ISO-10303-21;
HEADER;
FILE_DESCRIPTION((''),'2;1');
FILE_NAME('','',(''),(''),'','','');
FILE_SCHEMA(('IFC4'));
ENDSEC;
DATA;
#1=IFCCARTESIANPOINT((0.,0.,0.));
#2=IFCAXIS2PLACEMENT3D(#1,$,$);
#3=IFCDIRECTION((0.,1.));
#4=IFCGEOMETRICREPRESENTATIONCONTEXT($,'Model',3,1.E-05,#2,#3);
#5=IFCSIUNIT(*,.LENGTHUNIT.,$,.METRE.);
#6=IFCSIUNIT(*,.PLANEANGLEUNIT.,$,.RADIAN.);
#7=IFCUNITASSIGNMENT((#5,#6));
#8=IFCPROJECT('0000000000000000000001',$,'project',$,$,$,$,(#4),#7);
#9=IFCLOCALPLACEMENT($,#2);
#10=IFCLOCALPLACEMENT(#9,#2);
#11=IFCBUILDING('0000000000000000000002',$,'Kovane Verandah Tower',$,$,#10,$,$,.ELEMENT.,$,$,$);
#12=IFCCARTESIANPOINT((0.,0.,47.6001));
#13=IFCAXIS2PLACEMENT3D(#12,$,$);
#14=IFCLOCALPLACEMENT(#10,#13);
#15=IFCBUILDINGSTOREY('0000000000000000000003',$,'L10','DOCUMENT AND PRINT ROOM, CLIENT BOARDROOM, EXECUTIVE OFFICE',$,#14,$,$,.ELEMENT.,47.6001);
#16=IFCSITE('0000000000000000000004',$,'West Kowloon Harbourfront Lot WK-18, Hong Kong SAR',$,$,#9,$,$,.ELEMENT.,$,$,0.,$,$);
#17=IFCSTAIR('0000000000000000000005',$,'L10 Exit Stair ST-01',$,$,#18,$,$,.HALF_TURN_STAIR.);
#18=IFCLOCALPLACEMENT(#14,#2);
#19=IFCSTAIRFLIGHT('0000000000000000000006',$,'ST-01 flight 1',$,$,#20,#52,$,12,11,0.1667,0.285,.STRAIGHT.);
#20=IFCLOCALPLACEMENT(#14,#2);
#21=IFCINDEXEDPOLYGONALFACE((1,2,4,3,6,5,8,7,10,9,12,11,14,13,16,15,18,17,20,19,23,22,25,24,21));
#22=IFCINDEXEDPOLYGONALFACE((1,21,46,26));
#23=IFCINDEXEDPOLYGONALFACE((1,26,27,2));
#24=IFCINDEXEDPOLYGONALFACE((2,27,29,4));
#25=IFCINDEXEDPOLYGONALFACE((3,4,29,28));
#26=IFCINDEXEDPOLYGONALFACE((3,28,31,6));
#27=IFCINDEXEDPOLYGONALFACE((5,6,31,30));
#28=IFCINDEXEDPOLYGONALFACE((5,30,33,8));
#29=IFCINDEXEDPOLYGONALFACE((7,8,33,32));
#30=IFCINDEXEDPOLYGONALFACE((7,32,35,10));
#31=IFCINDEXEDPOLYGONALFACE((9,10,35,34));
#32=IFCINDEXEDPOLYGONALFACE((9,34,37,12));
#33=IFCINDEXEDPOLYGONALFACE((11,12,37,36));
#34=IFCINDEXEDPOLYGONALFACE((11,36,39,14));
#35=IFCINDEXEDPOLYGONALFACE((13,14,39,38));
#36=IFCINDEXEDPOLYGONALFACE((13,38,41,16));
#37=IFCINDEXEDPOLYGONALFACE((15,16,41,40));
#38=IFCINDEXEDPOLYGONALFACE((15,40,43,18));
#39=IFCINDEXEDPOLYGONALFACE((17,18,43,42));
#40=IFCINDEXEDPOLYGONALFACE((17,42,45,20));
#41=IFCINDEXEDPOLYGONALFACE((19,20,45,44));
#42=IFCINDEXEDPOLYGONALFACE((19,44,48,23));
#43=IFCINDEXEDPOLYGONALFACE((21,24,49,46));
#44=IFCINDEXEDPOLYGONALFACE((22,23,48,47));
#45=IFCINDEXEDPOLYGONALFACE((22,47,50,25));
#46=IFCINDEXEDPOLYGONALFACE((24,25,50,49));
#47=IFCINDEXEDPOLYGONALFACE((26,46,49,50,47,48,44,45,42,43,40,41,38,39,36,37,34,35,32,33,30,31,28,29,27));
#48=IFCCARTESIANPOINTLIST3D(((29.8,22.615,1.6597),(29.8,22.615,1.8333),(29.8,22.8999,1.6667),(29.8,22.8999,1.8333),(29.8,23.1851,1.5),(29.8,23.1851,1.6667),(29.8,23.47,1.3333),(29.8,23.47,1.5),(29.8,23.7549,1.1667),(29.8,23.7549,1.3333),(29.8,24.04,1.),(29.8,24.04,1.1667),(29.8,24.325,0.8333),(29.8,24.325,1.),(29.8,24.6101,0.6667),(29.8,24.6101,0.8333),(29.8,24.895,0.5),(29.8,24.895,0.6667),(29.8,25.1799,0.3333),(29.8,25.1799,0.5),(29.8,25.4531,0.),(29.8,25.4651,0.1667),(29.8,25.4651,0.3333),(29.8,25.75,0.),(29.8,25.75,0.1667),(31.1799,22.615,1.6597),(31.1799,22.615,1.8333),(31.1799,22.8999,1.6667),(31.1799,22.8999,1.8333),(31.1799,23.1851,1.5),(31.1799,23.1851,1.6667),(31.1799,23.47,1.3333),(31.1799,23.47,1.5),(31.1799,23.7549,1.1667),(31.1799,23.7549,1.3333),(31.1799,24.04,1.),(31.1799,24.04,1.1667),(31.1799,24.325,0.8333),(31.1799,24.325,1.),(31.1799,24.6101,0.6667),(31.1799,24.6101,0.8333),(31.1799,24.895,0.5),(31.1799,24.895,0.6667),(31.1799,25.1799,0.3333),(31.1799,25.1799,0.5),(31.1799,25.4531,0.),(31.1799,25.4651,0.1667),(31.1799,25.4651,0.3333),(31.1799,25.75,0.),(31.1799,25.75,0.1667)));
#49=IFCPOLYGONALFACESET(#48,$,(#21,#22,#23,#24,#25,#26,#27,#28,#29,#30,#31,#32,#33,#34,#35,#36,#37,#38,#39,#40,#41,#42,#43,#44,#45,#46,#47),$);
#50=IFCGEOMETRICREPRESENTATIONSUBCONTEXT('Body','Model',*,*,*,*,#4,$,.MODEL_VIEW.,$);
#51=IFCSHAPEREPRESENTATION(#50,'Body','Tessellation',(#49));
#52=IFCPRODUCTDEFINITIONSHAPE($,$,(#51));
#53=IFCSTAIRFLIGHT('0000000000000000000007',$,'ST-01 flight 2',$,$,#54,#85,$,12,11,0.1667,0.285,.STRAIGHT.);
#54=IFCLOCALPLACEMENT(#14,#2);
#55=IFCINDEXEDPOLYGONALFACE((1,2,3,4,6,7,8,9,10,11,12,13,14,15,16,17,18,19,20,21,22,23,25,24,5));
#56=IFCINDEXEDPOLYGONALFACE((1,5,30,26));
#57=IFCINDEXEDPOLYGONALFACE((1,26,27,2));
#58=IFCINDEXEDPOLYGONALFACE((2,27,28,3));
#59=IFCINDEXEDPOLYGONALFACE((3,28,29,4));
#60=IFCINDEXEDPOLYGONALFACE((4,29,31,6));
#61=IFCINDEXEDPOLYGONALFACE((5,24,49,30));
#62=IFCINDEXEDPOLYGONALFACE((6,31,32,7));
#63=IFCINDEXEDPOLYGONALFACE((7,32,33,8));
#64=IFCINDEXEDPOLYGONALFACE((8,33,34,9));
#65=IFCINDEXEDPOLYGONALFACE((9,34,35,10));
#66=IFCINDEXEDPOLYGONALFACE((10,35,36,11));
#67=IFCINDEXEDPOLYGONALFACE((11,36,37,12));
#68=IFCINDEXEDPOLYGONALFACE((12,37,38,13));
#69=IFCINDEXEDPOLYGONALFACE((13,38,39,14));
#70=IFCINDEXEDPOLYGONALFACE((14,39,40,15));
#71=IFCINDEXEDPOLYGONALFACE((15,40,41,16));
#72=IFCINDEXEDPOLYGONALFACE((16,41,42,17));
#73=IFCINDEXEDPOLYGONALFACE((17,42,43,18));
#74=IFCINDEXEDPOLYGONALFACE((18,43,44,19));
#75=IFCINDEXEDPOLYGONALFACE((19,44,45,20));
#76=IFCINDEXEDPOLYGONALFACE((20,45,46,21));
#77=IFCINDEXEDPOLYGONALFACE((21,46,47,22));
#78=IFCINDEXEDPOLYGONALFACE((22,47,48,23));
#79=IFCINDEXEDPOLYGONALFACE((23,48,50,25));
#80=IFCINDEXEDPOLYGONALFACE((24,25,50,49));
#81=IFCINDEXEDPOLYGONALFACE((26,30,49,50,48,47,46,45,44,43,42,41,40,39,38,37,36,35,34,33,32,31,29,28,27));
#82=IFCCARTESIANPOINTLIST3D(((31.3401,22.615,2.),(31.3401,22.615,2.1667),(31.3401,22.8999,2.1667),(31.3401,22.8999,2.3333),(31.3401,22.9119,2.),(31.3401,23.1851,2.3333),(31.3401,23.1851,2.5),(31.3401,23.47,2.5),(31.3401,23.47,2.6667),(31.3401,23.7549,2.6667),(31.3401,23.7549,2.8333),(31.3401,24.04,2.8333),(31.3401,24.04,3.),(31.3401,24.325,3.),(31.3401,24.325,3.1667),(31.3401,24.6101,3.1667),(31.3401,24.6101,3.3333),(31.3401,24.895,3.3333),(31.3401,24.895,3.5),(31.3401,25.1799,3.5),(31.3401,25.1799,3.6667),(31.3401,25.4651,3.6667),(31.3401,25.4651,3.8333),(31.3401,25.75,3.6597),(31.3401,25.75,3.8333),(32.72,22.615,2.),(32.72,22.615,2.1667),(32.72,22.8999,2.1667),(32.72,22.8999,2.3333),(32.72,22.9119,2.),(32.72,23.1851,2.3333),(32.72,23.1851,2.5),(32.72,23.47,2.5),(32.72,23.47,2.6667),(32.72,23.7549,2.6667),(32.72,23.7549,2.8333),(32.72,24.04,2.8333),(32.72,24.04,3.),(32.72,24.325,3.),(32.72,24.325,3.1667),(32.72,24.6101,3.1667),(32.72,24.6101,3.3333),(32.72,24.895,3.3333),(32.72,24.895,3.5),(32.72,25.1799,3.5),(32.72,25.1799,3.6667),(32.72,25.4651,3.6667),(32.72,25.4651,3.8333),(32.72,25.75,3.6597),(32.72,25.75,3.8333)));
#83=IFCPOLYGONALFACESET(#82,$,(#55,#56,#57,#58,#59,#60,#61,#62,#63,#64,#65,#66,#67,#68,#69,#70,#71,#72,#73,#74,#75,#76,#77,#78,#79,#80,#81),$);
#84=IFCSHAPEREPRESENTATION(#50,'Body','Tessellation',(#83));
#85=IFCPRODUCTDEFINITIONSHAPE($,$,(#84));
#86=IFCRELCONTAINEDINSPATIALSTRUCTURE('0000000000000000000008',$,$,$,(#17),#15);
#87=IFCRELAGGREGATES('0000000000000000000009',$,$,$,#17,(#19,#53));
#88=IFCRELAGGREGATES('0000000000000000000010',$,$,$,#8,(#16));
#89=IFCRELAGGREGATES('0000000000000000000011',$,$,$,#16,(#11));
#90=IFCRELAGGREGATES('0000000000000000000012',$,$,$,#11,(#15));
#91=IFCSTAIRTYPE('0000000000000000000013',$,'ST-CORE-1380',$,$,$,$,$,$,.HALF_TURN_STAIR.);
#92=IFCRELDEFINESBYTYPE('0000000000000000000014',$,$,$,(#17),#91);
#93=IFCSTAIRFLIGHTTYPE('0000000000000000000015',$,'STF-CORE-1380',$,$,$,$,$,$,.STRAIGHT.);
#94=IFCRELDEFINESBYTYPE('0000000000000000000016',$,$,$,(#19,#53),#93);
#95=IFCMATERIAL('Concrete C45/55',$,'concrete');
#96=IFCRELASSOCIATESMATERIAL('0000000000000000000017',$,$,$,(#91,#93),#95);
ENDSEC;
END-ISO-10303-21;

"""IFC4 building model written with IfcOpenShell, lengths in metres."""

from ifc_helpers import new_model, si_unit, direction, frame, origin, place, context, subcontext, project, spatial, polyline, outline, extrude, material, type_object, element, aggregate, save


model = new_model("IFC4")

# Units and contexts
model_context = context("Model", 3, precision=1e-05, world=origin(), true_north=direction((0.0, 1.0)))
body_context = subcontext(model_context, "Body", "Model", "MODEL_VIEW")
ifc_project = project(units=[si_unit("LENGTHUNIT", "METRE"), si_unit("PLANEANGLEUNIT", "RADIAN")], contexts=[model_context])

# Site, building, storey
site_placement = place(None, origin())
site = spatial("IfcSite", under=ifc_project, at=site_placement, Name="West Kowloon Harbourfront Lot WK-18, Hong Kong SAR", CompositionType="ELEMENT", RefElevation=0.0)
building_placement = place(site_placement, origin())
building = spatial("IfcBuilding", under=site, at=building_placement, Name="Kovane Verandah Tower", CompositionType="ELEMENT")
storey_placement = place(building_placement, frame((0.0, 0.0, 47.6001)))
storey = spatial("IfcBuildingStorey", under=building, at=storey_placement, Name="L10", Description="DOCUMENT AND PRINT ROOM, CLIENT BOARDROOM, EXECUTIVE OFFICE", CompositionType="ELEMENT", Elevation=47.6001)

# Shared definitions
ifc_material_1 = material(Name="Concrete C45/55", Category="concrete")

# Stair, stair flights
stair_type = type_object("IfcStairType", Name="ST-CORE-1380", PredefinedType="HALF_TURN_STAIR", material=ifc_material_1)
stair_placement = place(storey_placement, origin())
stair = element("IfcStair", 1, at=stair_placement, inside=storey, type_object=stair_type, Name="L10 Exit Stair ST-01", PredefinedType="HALF_TURN_STAIR")
stair_flight_type = type_object("IfcStairFlightType", Name="STF-CORE-1380", PredefinedType="STRAIGHT", material=ifc_material_1)
stair_flight_1_placement = place(storey_placement, frame((30.49, 25.75, 0.0), z_axis=(0.0, 0.0, 1.0), x_axis=(0.0, -1.0, 0.0)))
stair_flight_1 = element("IfcStairFlight", 2, at=stair_flight_1_placement, type_object=stair_flight_type, Name="ST-01 flight 1", NumberOfRisers=12, NumberOfTreads=11, PredefinedType="STRAIGHT", RiserHeight=0.1667, TreadLength=0.285, context=body_context, shape_type="SweptSolid", body=[
    extrude(outline(polyline([(0.0, 0.0), (0.0, 0.1667), (0.2849, 0.1667), (0.2849, 0.3333), (0.5701, 0.3333), (0.5701, 0.5), (0.855, 0.5), (0.855, 0.6667), (1.1399, 0.6667), (1.1399, 0.8333), (1.425, 0.8333), (1.425, 1.0), (1.71, 1.0), (1.71, 1.1667), (1.9951, 1.1667), (1.9951, 1.3333), (2.28, 1.3333), (2.28, 1.5), (2.5649, 1.5), (2.5649, 1.6667), (2.8501, 1.6667), (2.8501, 1.8333), (3.135, 1.8333), (3.135, 2.0), (3.135, 1.6597), (0.2969, 0.0), (0.0, 0.0)])), frame((0.0, 0.6899, 0.0), z_axis=(0.0, -1.0, 0.0), x_axis=(1.0, 0.0, 0.0)), (0.0, 0.0, 1.0), 1.3799),
])
stair_flight_2_placement = place(storey_placement, frame((32.03, 22.615, 2.0), z_axis=(0.0, 0.0, 1.0), x_axis=(0.0, 1.0, 0.0)))
stair_flight_2 = element("IfcStairFlight", 3, at=stair_flight_2_placement, type_object=stair_flight_type, Name="ST-01 flight 2", NumberOfRisers=12, NumberOfTreads=11, PredefinedType="STRAIGHT", RiserHeight=0.1667, TreadLength=0.285, context=body_context, shape_type="SweptSolid", body=[
    extrude(outline(polyline([(0.0, 0.0), (0.0, 0.1667), (0.2849, 0.1667), (0.2849, 0.3333), (0.5701, 0.3333), (0.5701, 0.5), (0.855, 0.5), (0.855, 0.6667), (1.1399, 0.6667), (1.1399, 0.8333), (1.425, 0.8333), (1.425, 1.0), (1.71, 1.0), (1.71, 1.1667), (1.9951, 1.1667), (1.9951, 1.3333), (2.28, 1.3333), (2.28, 1.5), (2.5649, 1.5), (2.5649, 1.6667), (2.8501, 1.6667), (2.8501, 1.8333), (3.135, 1.8333), (3.135, 2.0), (3.135, 1.6597), (0.2969, 0.0), (0.0, 0.0)])), frame((0.0, 0.6899, 0.0), z_axis=(0.0, -1.0, 0.0), x_axis=(1.0, 0.0, 0.0)), (0.0, 0.0, 1.0), 1.3799),
])
aggregate(stair, [stair_flight_1, stair_flight_2])

save(model, "model.ifc")
